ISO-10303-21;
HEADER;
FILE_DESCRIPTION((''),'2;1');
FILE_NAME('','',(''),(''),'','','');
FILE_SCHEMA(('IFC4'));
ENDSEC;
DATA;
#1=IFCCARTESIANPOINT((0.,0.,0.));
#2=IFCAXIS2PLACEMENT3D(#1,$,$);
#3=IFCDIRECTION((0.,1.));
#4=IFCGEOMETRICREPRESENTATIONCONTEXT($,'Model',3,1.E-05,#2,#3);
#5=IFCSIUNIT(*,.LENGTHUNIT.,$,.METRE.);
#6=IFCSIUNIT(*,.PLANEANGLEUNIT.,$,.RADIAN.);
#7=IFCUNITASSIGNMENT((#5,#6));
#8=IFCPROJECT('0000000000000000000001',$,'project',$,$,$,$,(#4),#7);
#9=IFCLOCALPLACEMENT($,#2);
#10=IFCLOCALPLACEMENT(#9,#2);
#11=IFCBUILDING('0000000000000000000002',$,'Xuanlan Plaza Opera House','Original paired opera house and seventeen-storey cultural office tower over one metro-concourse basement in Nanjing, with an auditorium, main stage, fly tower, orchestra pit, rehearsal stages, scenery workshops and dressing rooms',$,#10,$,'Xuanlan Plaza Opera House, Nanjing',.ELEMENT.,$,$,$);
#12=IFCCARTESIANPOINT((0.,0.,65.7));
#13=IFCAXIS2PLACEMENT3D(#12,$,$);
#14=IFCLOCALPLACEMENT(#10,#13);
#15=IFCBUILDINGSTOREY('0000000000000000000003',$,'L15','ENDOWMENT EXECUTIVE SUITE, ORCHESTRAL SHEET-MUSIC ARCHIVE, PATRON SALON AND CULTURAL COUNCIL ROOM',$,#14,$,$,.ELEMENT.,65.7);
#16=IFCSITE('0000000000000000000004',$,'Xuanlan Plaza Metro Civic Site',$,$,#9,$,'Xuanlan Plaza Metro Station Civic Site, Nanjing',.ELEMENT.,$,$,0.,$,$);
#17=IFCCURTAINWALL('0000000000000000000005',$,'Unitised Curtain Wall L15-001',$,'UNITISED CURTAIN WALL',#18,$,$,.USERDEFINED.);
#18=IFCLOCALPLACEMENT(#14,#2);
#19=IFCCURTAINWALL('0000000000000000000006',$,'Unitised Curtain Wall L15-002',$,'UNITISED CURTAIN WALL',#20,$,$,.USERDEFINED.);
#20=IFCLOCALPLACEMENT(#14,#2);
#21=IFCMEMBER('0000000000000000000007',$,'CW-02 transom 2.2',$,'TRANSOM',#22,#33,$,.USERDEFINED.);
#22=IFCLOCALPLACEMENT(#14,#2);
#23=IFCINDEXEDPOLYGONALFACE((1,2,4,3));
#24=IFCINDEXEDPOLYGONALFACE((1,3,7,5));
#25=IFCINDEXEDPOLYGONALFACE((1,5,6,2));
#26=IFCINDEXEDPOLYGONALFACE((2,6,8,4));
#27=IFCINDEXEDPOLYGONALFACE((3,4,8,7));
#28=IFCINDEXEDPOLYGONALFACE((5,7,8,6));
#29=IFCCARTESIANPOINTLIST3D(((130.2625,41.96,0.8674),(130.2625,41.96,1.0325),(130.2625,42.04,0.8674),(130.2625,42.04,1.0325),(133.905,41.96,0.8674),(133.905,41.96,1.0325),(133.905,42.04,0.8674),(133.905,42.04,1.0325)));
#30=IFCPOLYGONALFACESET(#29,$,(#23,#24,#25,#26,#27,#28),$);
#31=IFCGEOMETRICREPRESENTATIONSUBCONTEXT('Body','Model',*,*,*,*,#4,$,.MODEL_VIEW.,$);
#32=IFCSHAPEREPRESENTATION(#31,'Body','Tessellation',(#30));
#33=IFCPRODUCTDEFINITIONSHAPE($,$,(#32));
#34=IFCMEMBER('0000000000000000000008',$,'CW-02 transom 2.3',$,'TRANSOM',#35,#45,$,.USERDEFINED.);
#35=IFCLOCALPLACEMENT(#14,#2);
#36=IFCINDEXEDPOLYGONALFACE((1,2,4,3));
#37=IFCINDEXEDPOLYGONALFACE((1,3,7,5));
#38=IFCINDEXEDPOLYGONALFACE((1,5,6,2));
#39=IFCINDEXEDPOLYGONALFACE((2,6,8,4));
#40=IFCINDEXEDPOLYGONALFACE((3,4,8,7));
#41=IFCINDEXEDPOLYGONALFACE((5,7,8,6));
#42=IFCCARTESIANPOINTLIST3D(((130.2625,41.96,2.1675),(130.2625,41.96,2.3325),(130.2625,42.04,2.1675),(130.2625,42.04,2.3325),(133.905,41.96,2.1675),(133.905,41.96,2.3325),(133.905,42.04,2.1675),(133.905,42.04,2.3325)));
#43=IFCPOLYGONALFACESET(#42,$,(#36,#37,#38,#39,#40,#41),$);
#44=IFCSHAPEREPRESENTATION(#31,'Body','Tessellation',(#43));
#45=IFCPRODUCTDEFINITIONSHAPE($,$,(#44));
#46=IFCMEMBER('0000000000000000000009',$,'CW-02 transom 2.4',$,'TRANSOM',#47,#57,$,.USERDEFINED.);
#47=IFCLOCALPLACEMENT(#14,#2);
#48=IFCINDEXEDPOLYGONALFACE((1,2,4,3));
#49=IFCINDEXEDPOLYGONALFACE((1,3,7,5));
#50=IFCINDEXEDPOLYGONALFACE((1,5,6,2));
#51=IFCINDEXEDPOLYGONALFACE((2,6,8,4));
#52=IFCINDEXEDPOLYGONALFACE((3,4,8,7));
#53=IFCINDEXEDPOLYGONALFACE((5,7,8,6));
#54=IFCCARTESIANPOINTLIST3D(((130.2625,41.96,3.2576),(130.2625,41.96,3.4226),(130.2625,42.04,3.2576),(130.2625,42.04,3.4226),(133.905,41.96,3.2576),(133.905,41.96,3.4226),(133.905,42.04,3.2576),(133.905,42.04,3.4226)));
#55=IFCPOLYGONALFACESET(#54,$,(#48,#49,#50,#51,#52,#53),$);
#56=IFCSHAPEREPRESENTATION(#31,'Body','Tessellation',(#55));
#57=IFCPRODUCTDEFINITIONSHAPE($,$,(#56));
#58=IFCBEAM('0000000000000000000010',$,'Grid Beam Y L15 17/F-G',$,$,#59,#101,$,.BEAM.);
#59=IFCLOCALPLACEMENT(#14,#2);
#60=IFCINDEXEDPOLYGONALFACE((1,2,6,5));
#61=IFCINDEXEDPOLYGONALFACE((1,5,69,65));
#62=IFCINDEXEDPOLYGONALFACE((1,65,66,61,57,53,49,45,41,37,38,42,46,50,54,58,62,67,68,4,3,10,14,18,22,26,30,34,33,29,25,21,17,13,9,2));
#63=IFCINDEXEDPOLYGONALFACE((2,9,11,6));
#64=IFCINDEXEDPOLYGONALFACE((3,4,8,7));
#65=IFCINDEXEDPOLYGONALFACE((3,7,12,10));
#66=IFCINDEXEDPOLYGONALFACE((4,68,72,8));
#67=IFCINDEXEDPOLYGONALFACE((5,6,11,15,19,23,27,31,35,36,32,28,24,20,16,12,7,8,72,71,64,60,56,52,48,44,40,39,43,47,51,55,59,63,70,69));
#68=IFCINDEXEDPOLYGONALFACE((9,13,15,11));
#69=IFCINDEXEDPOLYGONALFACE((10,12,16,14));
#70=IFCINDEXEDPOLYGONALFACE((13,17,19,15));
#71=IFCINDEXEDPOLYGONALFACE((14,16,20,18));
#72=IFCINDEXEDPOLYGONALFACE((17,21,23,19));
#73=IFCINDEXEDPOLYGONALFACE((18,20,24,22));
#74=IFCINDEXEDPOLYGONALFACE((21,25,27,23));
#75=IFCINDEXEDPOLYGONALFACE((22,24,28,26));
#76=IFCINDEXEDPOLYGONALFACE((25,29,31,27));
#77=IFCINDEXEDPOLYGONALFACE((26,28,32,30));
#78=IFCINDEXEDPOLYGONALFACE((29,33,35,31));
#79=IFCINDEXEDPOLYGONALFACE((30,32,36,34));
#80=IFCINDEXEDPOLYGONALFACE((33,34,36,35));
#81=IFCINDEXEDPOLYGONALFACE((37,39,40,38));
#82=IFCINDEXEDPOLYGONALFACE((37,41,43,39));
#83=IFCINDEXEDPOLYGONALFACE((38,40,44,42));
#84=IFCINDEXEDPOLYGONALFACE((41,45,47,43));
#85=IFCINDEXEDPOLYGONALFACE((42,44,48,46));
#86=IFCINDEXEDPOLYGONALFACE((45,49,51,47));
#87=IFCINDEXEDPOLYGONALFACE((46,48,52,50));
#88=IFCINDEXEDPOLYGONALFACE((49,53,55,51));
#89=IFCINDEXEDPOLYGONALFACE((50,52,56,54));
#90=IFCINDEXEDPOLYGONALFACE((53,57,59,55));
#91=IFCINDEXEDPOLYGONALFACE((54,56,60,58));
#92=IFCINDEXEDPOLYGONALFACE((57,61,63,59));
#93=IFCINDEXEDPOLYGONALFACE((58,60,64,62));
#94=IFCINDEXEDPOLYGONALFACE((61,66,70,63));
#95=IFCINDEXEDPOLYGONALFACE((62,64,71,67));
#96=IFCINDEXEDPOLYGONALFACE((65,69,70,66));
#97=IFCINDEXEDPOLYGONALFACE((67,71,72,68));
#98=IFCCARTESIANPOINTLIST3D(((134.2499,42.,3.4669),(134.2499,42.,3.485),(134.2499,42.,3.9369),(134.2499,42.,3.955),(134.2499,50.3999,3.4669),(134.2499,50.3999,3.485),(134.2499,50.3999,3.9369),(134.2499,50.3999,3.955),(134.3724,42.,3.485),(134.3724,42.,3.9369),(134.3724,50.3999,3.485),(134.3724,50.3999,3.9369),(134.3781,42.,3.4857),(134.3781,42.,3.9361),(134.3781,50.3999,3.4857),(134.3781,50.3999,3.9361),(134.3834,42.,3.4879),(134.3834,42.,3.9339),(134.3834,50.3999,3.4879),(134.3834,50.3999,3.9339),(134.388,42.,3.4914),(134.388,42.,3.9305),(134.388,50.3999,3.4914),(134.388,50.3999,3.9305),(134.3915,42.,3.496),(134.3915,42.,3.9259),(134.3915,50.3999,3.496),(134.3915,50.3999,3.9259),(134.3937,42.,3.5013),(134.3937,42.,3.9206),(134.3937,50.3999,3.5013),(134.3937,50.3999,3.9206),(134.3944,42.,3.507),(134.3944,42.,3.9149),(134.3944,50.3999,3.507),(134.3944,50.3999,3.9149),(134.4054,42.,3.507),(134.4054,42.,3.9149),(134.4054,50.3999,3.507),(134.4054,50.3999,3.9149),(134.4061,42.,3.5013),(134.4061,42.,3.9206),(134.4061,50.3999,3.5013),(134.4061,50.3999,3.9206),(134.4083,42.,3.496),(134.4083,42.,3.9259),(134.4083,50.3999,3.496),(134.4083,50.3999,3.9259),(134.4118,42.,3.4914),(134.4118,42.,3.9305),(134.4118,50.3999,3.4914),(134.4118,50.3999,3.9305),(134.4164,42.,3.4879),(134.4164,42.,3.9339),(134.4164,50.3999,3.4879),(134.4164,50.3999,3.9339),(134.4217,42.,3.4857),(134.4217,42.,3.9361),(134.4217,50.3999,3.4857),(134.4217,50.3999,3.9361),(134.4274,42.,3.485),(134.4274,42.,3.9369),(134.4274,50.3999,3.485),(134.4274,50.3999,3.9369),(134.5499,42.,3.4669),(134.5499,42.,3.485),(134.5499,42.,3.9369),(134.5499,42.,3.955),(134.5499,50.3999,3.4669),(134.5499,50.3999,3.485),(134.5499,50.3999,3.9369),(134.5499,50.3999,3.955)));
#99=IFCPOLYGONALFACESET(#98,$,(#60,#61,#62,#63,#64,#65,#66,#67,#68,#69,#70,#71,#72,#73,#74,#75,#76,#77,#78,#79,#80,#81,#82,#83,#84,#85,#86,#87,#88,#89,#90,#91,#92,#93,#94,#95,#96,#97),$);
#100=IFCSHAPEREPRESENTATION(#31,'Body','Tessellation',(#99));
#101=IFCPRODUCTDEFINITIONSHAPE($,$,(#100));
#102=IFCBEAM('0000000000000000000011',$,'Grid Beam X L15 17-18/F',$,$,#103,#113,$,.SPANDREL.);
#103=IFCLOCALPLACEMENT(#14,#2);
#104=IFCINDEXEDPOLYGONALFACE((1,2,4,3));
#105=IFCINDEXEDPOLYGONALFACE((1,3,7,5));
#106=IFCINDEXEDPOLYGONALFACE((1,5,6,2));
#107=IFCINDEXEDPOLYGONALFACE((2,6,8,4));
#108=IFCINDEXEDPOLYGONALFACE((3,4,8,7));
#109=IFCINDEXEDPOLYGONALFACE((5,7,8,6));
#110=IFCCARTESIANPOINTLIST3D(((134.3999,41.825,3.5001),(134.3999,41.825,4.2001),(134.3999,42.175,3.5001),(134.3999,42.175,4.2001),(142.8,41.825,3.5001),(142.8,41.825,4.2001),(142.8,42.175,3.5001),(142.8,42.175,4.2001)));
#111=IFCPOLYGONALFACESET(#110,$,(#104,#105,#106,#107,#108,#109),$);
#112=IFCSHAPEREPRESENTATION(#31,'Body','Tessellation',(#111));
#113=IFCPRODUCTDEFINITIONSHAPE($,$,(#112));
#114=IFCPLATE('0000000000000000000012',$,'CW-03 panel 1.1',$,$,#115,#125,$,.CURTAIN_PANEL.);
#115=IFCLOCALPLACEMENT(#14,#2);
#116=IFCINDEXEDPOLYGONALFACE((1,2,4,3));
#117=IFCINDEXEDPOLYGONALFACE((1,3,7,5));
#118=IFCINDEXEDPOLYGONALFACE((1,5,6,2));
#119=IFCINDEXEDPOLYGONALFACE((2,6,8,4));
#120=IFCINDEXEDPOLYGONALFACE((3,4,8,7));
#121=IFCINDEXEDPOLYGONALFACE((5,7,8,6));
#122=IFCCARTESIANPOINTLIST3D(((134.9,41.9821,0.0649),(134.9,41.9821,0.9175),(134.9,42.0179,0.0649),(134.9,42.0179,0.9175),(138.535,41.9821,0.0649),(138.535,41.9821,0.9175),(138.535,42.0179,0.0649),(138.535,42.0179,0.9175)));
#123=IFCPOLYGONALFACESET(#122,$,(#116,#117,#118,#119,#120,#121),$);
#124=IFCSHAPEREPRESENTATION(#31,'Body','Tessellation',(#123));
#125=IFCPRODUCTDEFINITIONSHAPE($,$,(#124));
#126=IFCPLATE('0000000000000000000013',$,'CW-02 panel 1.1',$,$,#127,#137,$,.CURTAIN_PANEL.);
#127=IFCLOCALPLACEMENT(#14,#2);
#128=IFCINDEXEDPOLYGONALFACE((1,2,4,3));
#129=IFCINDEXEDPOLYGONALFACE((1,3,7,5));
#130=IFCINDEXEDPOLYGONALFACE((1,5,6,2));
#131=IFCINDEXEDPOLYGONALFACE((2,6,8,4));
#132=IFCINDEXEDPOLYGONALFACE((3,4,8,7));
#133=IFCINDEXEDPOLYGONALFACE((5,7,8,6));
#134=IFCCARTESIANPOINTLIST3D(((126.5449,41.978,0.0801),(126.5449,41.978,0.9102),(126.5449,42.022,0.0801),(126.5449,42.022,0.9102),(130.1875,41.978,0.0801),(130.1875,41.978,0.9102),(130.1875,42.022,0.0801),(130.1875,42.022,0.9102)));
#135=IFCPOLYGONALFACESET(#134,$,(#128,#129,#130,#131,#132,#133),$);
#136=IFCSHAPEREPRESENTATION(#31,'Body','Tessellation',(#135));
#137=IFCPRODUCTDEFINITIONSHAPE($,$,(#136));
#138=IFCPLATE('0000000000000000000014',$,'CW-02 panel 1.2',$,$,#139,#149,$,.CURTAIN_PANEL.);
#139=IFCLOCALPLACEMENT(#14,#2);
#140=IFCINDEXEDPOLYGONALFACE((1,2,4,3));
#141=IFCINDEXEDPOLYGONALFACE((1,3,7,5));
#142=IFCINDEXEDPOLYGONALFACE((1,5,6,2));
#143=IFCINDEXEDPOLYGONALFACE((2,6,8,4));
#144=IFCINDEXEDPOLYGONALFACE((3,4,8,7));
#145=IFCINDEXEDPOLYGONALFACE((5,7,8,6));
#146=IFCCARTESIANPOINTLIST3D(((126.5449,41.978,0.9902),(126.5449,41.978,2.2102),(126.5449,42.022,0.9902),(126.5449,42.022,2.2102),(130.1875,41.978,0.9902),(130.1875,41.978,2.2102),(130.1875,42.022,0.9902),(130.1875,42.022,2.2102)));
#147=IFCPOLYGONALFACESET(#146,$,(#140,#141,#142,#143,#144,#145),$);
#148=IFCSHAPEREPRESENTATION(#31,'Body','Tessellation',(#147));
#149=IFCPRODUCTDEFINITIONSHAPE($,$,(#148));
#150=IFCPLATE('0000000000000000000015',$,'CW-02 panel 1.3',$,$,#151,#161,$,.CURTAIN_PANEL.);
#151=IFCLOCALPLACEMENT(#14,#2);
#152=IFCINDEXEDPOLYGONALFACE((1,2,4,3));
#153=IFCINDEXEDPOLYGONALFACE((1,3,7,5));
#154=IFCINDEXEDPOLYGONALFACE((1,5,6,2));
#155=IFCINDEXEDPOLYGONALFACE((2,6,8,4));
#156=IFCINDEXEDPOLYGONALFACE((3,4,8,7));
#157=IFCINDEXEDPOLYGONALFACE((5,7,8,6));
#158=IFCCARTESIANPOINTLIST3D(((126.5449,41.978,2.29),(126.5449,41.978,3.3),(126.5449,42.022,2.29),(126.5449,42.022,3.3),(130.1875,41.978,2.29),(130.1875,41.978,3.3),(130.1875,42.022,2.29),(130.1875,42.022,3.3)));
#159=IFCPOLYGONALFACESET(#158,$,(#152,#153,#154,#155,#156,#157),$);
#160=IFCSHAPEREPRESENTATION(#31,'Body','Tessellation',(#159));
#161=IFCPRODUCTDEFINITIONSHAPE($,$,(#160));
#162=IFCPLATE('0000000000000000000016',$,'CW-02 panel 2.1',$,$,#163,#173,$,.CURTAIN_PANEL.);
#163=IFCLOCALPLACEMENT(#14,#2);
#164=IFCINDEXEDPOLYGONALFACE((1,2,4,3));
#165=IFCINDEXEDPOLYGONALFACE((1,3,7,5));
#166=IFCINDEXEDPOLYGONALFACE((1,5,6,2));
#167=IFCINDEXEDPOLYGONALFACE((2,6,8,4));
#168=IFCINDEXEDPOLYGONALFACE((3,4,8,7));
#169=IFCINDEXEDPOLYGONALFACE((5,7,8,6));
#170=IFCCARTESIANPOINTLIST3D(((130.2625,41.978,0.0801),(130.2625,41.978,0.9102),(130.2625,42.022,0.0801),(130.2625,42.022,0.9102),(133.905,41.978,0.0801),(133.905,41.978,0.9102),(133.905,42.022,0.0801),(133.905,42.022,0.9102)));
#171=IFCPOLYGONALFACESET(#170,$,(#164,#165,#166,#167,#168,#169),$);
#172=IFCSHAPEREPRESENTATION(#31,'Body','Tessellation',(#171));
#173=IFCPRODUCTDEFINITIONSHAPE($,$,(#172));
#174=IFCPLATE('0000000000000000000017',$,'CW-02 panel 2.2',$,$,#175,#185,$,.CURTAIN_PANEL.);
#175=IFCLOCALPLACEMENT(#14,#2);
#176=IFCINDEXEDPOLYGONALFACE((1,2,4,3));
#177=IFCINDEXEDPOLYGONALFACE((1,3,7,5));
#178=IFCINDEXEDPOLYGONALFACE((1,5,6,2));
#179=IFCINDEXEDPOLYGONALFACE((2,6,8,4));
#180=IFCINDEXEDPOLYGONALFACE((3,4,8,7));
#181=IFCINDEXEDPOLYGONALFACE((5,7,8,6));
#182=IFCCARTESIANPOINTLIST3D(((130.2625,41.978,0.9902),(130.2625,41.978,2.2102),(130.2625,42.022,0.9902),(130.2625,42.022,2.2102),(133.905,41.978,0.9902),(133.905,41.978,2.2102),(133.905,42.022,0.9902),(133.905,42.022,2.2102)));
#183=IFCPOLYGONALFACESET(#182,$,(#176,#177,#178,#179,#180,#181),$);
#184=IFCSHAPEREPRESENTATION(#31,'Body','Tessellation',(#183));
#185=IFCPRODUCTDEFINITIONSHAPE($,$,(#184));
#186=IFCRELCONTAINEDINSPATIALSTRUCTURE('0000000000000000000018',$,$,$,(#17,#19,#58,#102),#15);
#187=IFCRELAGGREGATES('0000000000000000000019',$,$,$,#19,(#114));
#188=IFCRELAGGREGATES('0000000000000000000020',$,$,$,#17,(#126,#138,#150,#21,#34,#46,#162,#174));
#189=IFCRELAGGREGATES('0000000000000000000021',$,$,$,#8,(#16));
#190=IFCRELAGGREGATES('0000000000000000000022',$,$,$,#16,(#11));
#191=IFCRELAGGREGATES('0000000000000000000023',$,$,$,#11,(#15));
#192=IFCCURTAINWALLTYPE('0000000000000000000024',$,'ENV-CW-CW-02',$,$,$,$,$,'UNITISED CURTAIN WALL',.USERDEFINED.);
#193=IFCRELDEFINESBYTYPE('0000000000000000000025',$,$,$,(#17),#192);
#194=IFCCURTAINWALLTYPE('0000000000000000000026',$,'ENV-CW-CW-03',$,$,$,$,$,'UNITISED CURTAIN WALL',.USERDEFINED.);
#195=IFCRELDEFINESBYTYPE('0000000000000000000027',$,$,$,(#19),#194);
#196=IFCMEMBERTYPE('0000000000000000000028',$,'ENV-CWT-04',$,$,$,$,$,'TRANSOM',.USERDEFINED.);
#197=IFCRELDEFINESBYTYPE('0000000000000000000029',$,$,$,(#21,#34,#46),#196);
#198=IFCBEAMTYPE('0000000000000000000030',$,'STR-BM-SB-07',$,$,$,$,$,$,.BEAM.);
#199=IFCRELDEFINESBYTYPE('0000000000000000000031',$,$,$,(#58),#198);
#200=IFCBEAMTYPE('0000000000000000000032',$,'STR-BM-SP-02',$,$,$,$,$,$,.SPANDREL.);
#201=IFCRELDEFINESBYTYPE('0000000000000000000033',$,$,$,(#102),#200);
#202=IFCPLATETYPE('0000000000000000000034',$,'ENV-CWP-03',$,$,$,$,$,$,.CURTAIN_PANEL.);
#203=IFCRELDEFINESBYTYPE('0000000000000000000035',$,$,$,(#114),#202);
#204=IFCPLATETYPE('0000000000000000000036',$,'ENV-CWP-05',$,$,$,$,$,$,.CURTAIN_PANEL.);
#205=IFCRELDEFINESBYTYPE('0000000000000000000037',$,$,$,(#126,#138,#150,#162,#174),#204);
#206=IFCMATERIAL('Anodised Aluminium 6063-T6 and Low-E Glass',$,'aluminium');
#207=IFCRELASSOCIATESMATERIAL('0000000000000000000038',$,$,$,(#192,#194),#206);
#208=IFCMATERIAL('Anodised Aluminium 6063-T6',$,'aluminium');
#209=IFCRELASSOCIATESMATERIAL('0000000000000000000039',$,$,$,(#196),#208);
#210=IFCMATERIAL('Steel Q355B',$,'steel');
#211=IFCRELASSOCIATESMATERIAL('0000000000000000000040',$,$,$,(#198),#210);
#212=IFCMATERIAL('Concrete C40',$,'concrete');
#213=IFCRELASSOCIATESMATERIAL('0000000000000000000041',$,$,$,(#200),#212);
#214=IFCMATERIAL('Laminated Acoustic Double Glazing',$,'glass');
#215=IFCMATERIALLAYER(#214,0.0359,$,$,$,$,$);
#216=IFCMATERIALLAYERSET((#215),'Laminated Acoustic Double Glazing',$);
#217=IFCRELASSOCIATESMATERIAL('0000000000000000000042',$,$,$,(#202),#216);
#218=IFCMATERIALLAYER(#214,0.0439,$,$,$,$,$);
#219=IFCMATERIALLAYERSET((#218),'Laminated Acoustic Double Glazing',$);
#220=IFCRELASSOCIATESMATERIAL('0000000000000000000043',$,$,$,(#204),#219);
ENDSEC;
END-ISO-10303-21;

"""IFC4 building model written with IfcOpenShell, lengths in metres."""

from ifc_helpers import new_model, si_unit, direction, frame, origin, origin_2d, place, context, subcontext, project, spatial, rectangle, i_section, extrude, material, layer, layer_set, material_profile, profile_set, type_object, element, aggregate, save


model = new_model("IFC4")

# Units and contexts
model_context = context("Model", 3, precision=1e-05, world=origin(), true_north=direction((0.0, 1.0)))
body_context = subcontext(model_context, "Body", "Model", "MODEL_VIEW")
ifc_project = project(units=[si_unit("LENGTHUNIT", "METRE"), si_unit("PLANEANGLEUNIT", "RADIAN")], contexts=[model_context])

# Site, building, storey
site_placement = place(None, origin())
site = spatial("IfcSite", under=ifc_project, at=site_placement, Name="Xuanlan Plaza Metro Civic Site", LongName="Xuanlan Plaza Metro Station Civic Site, Nanjing", CompositionType="ELEMENT", RefElevation=0.0)
building_placement = place(site_placement, origin())
building = spatial("IfcBuilding", under=site, at=building_placement, Name="Xuanlan Plaza Opera House", Description="Original paired opera house and seventeen-storey cultural office tower over one metro-concourse basement in Nanjing, with an auditorium, main stage, fly tower, orchestra pit, rehearsal stages, scenery workshops and dressing rooms", LongName="Xuanlan Plaza Opera House, Nanjing", CompositionType="ELEMENT")
storey_placement = place(building_placement, frame((0.0, 0.0, 65.7)))
storey = spatial("IfcBuildingStorey", under=building, at=storey_placement, Name="L15", Description="ENDOWMENT EXECUTIVE SUITE, ORCHESTRAL SHEET-MUSIC ARCHIVE, PATRON SALON AND CULTURAL COUNCIL ROOM", CompositionType="ELEMENT", Elevation=65.7)

# Curtain walls
ifc_material_1 = material(Name="Anodised Aluminium 6063-T6 and Low-E Glass", Category="aluminium")
curtain_wall_type_1 = type_object("IfcCurtainWallType", Name="ENV-CW-CW-02", ElementType="UNITISED CURTAIN WALL", PredefinedType="USERDEFINED", material=ifc_material_1)
curtain_wall_1_placement = place(storey_placement, origin())
curtain_wall_1 = element("IfcCurtainWall", 1, at=curtain_wall_1_placement, inside=storey, type_object=curtain_wall_type_1, Name="Unitised Curtain Wall L15-001", ObjectType="UNITISED CURTAIN WALL", PredefinedType="USERDEFINED")
ifc_material_2 = material(Name="Anodised Aluminium 6063-T6", Category="aluminium")
curtain_wall_type_2 = type_object("IfcCurtainWallType", Name="ENV-CW-CW-03", ElementType="UNITISED CURTAIN WALL", PredefinedType="USERDEFINED", material=ifc_material_1)
curtain_wall_2_placement = place(storey_placement, origin())
curtain_wall_2 = element("IfcCurtainWall", 2, at=curtain_wall_2_placement, inside=storey, type_object=curtain_wall_type_2, Name="Unitised Curtain Wall L15-002", ObjectType="UNITISED CURTAIN WALL", PredefinedType="USERDEFINED")

# Members
ifc_material_profile_1 = material_profile(ifc_material_2, rectangle(XDim=0.0801, YDim=0.165, at=origin_2d()), Name="ALU-T 80x165")
ifc_profile_set_1 = profile_set([ifc_material_profile_1], Name="Anodised Aluminium 6063-T6")
member_type_1 = type_object("IfcMemberType", Name="ENV-CWT-04", ElementType="TRANSOM", PredefinedType="USERDEFINED", material=ifc_profile_set_1)
member_1_placement = place(storey_placement, frame((130.2625, 42.0, 0.95), z_axis=(1.0, 0.0, 0.0), x_axis=(0.0, 1.0, 0.0)))
member_1 = element("IfcMember", 3, at=member_1_placement, type_object=member_type_1, Name="CW-02 transom 2.2", ObjectType="TRANSOM", PredefinedType="USERDEFINED", context=body_context, shape_type="SweptSolid", body=[
    extrude(rectangle(XDim=0.0801, YDim=0.165, at=origin_2d()), origin(), (0.0, 0.0, 1.0), 3.6426),
])
member_2_placement = place(storey_placement, frame((130.2625, 42.0, 2.25), z_axis=(1.0, 0.0, 0.0), x_axis=(0.0, 1.0, 0.0)))
member_2 = element("IfcMember", 4, at=member_2_placement, type_object=member_type_1, Name="CW-02 transom 2.3", ObjectType="TRANSOM", PredefinedType="USERDEFINED", context=body_context, shape_type="SweptSolid", body=[
    extrude(rectangle(XDim=0.0801, YDim=0.165, at=origin_2d()), origin(), (0.0, 0.0, 1.0), 3.6426),
])
member_3_placement = place(storey_placement, frame((130.2625, 42.0, 3.3401), z_axis=(1.0, 0.0, 0.0), x_axis=(0.0, 1.0, 0.0)))
member_3 = element("IfcMember", 5, at=member_3_placement, type_object=member_type_1, Name="CW-02 transom 2.4", ObjectType="TRANSOM", PredefinedType="USERDEFINED", context=body_context, shape_type="SweptSolid", body=[
    extrude(rectangle(XDim=0.0801, YDim=0.165, at=origin_2d()), origin(), (0.0, 0.0, 1.0), 3.6426),
])

# Beams
ifc_material_3 = material(Name="Steel Q355B", Category="steel")
ifc_material_profile_2 = material_profile(ifc_material_3, i_section(OverallWidth=0.3, OverallDepth=0.488, WebThickness=0.011, FlangeThickness=0.0181, FilletRadius=0.022, at=origin_2d()), Name="HM 488x300x11x18")
ifc_profile_set_2 = profile_set([ifc_material_profile_2], Name="Steel Q355B")
beam_type_1 = type_object("IfcBeamType", Name="STR-BM-SB-07", PredefinedType="BEAM", material=ifc_profile_set_2)
beam_1_placement = place(storey_placement, frame((134.3999, 42.0, 3.7109), z_axis=(0.0, 1.0, 0.0), x_axis=(-1.0, 0.0, 0.0)))
element("IfcBeam", 6, at=beam_1_placement, inside=storey, type_object=beam_type_1, Name="Grid Beam Y L15 17/F-G", PredefinedType="BEAM", context=body_context, shape_type="SweptSolid", body=[
    extrude(i_section(OverallWidth=0.3, OverallDepth=0.488, WebThickness=0.011, FlangeThickness=0.0181, FilletRadius=0.022, at=origin_2d()), origin(), (0.0, 0.0, 1.0), 8.3999),
])
ifc_material_4 = material(Name="Concrete C40", Category="concrete")
ifc_material_profile_3 = material_profile(ifc_material_4, rectangle(XDim=0.3501, YDim=0.7, at=origin_2d()), Name="RC-SPD 350x700")
ifc_profile_set_3 = profile_set([ifc_material_profile_3], Name="Concrete C40")
beam_type_2 = type_object("IfcBeamType", Name="STR-BM-SP-02", PredefinedType="SPANDREL", material=ifc_profile_set_3)
beam_2_placement = place(storey_placement, frame((134.3999, 42.0, 3.8501), z_axis=(1.0, 0.0, 0.0), x_axis=(0.0, 1.0, 0.0)))
element("IfcBeam", 7, at=beam_2_placement, inside=storey, type_object=beam_type_2, Name="Grid Beam X L15 17-18/F", PredefinedType="SPANDREL", context=body_context, shape_type="SweptSolid", body=[
    extrude(rectangle(XDim=0.3501, YDim=0.7, at=origin_2d()), origin(), (0.0, 0.0, 1.0), 8.4001),
])

# Plates
ifc_material_5 = material(Name="Laminated Acoustic Double Glazing", Category="glass")
ifc_layer_1 = layer(ifc_material_5, 0.0359)
ifc_layer_set_1 = layer_set([ifc_layer_1], Name="Laminated Acoustic Double Glazing")
plate_type_1 = type_object("IfcPlateType", Name="ENV-CWP-03", PredefinedType="CURTAIN_PANEL", material=ifc_layer_set_1)
plate_1_placement = place(storey_placement, frame((136.7175, 42.0, 0.0649), z_axis=(0.0, 0.0, 1.0), x_axis=(1.0, 0.0, 0.0)))
plate_1 = element("IfcPlate", 8, at=plate_1_placement, type_object=plate_type_1, Name="CW-03 panel 1.1", PredefinedType="CURTAIN_PANEL", context=body_context, shape_type="SweptSolid", body=[
    extrude(rectangle(XDim=3.635, YDim=0.0359, at=origin_2d()), origin(), (0.0, 0.0, 1.0), 0.8525),
])
aggregate(curtain_wall_2, [plate_1])
ifc_layer_2 = layer(ifc_material_5, 0.0439)
ifc_layer_set_2 = layer_set([ifc_layer_2], Name="Laminated Acoustic Double Glazing")
plate_type_2 = type_object("IfcPlateType", Name="ENV-CWP-05", PredefinedType="CURTAIN_PANEL", material=ifc_layer_set_2)
plate_2_placement = place(storey_placement, frame((128.3662, 42.0, 0.0801), z_axis=(0.0, 0.0, 1.0), x_axis=(1.0, 0.0, 0.0)))
plate_2 = element("IfcPlate", 9, at=plate_2_placement, type_object=plate_type_2, Name="CW-02 panel 1.1", PredefinedType="CURTAIN_PANEL", context=body_context, shape_type="SweptSolid", body=[
    extrude(rectangle(XDim=3.6426, YDim=0.0439, at=origin_2d()), origin(), (0.0, 0.0, 1.0), 0.8301),
])
plate_3_placement = place(storey_placement, frame((128.3662, 42.0, 0.9902), z_axis=(0.0, 0.0, 1.0), x_axis=(1.0, 0.0, 0.0)))
plate_3 = element("IfcPlate", 10, at=plate_3_placement, type_object=plate_type_2, Name="CW-02 panel 1.2", PredefinedType="CURTAIN_PANEL", context=body_context, shape_type="SweptSolid", body=[
    extrude(rectangle(XDim=3.6426, YDim=0.0439, at=origin_2d()), origin(), (0.0, 0.0, 1.0), 1.22),
])
plate_4_placement = place(storey_placement, frame((128.3662, 42.0, 2.29), z_axis=(0.0, 0.0, 1.0), x_axis=(1.0, 0.0, 0.0)))
plate_4 = element("IfcPlate", 11, at=plate_4_placement, type_object=plate_type_2, Name="CW-02 panel 1.3", PredefinedType="CURTAIN_PANEL", context=body_context, shape_type="SweptSolid", body=[
    extrude(rectangle(XDim=3.6426, YDim=0.0439, at=origin_2d()), origin(), (0.0, 0.0, 1.0), 1.01),
])
plate_5_placement = place(storey_placement, frame((132.0837, 42.0, 0.0801), z_axis=(0.0, 0.0, 1.0), x_axis=(1.0, 0.0, 0.0)))
plate_5 = element("IfcPlate", 12, at=plate_5_placement, type_object=plate_type_2, Name="CW-02 panel 2.1", PredefinedType="CURTAIN_PANEL", context=body_context, shape_type="SweptSolid", body=[
    extrude(rectangle(XDim=3.6426, YDim=0.0439, at=origin_2d()), origin(), (0.0, 0.0, 1.0), 0.8301),
])
plate_6_placement = place(storey_placement, frame((132.0837, 42.0, 0.9902), z_axis=(0.0, 0.0, 1.0), x_axis=(1.0, 0.0, 0.0)))
plate_6 = element("IfcPlate", 13, at=plate_6_placement, type_object=plate_type_2, Name="CW-02 panel 2.2", PredefinedType="CURTAIN_PANEL", context=body_context, shape_type="SweptSolid", body=[
    extrude(rectangle(XDim=3.6426, YDim=0.0439, at=origin_2d()), origin(), (0.0, 0.0, 1.0), 1.22),
])
aggregate(curtain_wall_1, [plate_2, plate_3, plate_4, member_1, member_2, member_3, plate_5, plate_6])

save(model, "model.ifc")
